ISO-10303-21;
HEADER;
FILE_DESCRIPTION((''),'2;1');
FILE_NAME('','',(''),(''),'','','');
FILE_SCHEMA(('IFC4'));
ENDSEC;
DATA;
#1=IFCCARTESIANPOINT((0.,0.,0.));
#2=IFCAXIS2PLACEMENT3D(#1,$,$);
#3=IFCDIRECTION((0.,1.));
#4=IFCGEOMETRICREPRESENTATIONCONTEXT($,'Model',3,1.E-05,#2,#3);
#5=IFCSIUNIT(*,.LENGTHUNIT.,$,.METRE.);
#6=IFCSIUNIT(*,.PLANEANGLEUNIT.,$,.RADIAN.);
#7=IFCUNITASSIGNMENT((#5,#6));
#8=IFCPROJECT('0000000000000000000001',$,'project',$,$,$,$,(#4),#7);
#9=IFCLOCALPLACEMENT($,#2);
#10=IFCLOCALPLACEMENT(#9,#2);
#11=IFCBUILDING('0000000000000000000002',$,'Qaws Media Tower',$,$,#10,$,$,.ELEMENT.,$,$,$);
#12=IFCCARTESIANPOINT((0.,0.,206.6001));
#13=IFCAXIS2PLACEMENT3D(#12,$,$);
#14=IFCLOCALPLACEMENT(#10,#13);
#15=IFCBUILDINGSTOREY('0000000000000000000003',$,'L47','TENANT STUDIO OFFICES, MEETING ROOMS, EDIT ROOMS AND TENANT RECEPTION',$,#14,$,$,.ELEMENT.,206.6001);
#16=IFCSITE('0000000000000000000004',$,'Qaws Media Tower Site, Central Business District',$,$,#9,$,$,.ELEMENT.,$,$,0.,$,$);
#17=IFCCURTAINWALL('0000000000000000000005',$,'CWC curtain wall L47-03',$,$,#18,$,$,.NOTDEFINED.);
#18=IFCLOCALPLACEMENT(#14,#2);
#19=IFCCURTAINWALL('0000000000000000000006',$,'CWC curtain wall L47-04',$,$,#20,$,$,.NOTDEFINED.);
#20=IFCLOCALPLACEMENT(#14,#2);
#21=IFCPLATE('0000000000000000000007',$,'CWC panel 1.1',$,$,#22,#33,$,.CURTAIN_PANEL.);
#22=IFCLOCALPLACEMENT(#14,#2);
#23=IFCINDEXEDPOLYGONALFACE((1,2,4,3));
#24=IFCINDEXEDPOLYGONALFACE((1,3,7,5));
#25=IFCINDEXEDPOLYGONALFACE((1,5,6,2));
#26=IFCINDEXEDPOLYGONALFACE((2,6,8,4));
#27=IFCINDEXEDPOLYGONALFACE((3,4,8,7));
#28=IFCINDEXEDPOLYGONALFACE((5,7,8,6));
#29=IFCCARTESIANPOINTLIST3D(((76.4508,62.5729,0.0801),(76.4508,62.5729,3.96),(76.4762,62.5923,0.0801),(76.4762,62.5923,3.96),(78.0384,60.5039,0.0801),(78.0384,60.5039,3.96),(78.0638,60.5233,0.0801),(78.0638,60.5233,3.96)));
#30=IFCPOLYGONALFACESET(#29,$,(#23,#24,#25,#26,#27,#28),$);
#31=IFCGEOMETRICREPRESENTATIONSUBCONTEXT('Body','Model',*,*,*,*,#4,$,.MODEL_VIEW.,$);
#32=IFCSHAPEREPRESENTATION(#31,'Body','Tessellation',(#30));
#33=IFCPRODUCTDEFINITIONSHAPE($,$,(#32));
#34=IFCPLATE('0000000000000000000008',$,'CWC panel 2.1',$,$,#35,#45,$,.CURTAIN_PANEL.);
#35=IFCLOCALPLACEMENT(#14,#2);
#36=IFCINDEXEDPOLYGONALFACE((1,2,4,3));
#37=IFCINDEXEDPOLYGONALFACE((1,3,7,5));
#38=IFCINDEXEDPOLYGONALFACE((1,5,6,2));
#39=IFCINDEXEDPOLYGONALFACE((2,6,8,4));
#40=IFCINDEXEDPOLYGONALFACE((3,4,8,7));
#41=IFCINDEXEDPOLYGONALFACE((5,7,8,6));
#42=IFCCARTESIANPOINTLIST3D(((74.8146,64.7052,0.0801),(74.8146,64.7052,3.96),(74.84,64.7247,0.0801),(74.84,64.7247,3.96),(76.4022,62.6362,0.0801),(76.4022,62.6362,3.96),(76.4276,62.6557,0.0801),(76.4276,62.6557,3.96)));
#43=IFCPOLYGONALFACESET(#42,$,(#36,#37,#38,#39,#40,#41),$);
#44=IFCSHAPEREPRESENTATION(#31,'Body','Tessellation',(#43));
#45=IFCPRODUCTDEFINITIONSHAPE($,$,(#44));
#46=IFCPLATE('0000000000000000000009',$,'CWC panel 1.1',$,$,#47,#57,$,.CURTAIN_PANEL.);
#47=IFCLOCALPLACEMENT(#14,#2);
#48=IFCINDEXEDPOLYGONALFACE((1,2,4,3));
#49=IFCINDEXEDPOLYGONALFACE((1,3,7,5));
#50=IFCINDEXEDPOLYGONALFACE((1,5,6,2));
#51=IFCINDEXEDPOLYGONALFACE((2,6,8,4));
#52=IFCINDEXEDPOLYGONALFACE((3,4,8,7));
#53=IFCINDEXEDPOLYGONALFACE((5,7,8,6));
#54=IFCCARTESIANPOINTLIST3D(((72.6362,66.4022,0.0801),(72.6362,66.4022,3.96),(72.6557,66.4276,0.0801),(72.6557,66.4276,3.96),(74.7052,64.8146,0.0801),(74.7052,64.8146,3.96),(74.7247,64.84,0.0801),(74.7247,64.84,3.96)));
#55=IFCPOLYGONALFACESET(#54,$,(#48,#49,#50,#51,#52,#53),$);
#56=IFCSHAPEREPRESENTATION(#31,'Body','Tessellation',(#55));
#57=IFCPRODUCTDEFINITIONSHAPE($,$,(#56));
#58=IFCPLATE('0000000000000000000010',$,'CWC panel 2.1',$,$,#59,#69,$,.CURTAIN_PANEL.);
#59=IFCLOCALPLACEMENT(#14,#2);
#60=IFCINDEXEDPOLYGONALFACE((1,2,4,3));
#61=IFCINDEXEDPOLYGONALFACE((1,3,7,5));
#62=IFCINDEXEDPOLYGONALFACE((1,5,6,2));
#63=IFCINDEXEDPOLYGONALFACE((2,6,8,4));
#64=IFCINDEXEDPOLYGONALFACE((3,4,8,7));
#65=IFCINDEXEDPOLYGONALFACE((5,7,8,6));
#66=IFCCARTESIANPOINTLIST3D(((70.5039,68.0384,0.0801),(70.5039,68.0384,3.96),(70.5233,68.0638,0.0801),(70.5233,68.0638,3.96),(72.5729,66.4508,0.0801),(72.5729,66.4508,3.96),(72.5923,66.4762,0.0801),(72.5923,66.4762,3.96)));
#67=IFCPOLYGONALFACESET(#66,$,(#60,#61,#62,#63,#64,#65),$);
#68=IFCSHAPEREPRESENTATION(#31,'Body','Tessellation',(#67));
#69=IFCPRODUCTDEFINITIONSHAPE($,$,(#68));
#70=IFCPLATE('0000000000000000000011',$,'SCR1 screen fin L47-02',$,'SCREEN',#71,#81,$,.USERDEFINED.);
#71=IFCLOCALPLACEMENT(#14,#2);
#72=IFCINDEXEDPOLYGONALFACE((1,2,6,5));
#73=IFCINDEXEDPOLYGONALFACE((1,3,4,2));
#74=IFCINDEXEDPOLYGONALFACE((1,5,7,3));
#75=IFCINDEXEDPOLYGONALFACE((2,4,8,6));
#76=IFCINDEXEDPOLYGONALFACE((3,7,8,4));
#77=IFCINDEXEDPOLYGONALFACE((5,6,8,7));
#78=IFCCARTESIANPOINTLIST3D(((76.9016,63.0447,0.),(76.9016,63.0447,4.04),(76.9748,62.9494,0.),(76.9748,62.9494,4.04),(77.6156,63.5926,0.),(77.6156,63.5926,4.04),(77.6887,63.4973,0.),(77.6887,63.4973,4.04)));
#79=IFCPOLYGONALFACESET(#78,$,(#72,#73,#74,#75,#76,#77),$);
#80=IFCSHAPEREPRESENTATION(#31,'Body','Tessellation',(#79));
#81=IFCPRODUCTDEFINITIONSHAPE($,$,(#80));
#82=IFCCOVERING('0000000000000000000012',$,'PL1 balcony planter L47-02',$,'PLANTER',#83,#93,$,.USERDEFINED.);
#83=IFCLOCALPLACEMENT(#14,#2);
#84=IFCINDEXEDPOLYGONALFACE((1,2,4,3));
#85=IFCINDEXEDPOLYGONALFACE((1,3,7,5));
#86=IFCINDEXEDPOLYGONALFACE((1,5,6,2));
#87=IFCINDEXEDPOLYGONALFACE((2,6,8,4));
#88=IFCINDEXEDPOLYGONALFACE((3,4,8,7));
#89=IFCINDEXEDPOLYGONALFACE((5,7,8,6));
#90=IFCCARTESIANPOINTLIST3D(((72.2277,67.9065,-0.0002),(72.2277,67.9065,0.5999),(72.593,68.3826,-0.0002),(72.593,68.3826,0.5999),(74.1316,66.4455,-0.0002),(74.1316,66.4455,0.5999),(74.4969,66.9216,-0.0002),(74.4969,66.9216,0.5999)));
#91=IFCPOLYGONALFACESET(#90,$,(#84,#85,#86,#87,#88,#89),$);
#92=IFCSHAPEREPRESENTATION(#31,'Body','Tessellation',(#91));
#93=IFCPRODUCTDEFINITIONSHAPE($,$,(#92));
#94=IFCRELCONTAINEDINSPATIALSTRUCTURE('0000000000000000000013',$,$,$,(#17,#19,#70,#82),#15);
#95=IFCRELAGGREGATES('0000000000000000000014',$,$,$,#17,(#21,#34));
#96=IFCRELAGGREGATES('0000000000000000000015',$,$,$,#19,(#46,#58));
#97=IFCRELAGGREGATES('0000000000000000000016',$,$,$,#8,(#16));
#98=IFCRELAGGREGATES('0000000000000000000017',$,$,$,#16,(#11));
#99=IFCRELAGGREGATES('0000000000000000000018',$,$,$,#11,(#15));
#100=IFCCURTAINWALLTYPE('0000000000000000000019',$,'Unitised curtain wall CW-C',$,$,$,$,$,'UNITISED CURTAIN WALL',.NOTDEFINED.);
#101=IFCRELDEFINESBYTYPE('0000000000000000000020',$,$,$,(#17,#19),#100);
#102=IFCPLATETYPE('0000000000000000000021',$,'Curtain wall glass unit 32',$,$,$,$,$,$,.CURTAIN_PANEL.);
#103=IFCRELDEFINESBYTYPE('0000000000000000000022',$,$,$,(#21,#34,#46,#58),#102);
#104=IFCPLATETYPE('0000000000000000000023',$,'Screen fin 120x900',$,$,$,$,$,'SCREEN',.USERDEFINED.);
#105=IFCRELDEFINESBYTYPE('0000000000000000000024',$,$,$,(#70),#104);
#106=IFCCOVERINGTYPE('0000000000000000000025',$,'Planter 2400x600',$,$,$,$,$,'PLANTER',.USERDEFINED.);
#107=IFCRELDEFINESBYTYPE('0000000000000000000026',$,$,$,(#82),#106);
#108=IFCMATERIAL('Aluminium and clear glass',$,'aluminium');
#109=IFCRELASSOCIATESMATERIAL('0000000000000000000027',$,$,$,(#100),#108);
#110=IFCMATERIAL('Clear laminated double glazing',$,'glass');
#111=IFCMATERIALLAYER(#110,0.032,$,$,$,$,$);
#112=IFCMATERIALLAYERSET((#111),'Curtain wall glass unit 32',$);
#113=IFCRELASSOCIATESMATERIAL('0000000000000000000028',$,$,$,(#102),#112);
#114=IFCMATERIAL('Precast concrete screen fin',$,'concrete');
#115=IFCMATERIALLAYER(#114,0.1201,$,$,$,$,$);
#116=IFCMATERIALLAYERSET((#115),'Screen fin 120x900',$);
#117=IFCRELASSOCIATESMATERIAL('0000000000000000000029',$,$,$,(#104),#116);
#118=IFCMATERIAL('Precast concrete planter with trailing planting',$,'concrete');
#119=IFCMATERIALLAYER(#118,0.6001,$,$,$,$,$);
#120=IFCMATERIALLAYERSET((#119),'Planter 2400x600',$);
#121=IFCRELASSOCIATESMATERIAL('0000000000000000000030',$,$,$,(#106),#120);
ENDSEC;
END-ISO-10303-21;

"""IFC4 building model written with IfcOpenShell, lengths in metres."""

from ifc_helpers import new_model, si_unit, direction, frame, origin, origin_2d, place, context, subcontext, project, spatial, rectangle, extrude, material, layer, layer_set, type_object, element, aggregate, save


model = new_model("IFC4")

# Units and contexts
model_context = context("Model", 3, precision=1e-05, world=origin(), true_north=direction((0.0, 1.0)))
body_context = subcontext(model_context, "Body", "Model", "MODEL_VIEW")
ifc_project = project(units=[si_unit("LENGTHUNIT", "METRE"), si_unit("PLANEANGLEUNIT", "RADIAN")], contexts=[model_context])

# Site, building, storey
site_placement = place(None, origin())
site = spatial("IfcSite", under=ifc_project, at=site_placement, Name="Qaws Media Tower Site, Central Business District", CompositionType="ELEMENT", RefElevation=0.0)
building_placement = place(site_placement, origin())
building = spatial("IfcBuilding", under=site, at=building_placement, Name="Qaws Media Tower", CompositionType="ELEMENT")
storey_placement = place(building_placement, frame((0.0, 0.0, 206.6001)))
storey = spatial("IfcBuildingStorey", under=building, at=storey_placement, Name="L47", Description="TENANT STUDIO OFFICES, MEETING ROOMS, EDIT ROOMS AND TENANT RECEPTION", CompositionType="ELEMENT", Elevation=206.6001)

# Shared definitions
ifc_material_1 = material(Name="Aluminium and clear glass", Category="aluminium")
curtain_wall_type = type_object("IfcCurtainWallType", Name="Unitised curtain wall CW-C", ElementType="UNITISED CURTAIN WALL", PredefinedType="NOTDEFINED", material=ifc_material_1)

# Curtain walls
curtain_wall_1_placement = place(storey_placement, origin())
curtain_wall_1 = element("IfcCurtainWall", 1, at=curtain_wall_1_placement, inside=storey, type_object=curtain_wall_type, Name="CWC curtain wall L47-03", PredefinedType="NOTDEFINED")
curtain_wall_2_placement = place(storey_placement, origin())
curtain_wall_2 = element("IfcCurtainWall", 2, at=curtain_wall_2_placement, inside=storey, type_object=curtain_wall_type, Name="CWC curtain wall L47-04", PredefinedType="NOTDEFINED")

# Plates
ifc_material_2 = material(Name="Clear laminated double glazing", Category="glass")
ifc_layer_1 = layer(ifc_material_2, 0.032)
ifc_layer_set_1 = layer_set([ifc_layer_1], Name="Curtain wall glass unit 32")
plate_type_1 = type_object("IfcPlateType", Name="Curtain wall glass unit 32", PredefinedType="CURTAIN_PANEL", material=ifc_layer_set_1)
plate_1_placement = place(storey_placement, frame((77.2573, 61.5481, 0.0801), z_axis=(0.0, 0.0, 1.0), x_axis=(-0.608761, 0.793353, 0.0)))
plate_1 = element("IfcPlate", 3, at=plate_1_placement, type_object=plate_type_1, Name="CWC panel 1.1", PredefinedType="CURTAIN_PANEL", context=body_context, shape_type="SweptSolid", body=[
    extrude(rectangle(XDim=2.6079, YDim=0.032, at=origin_2d()), origin(), (0.0, 0.0, 1.0), 3.8799),
])
plate_2_placement = place(storey_placement, frame((75.6211, 63.6804, 0.0801), z_axis=(0.0, 0.0, 1.0), x_axis=(-0.608761, 0.793353, 0.0)))
plate_2 = element("IfcPlate", 4, at=plate_2_placement, type_object=plate_type_1, Name="CWC panel 2.1", PredefinedType="CURTAIN_PANEL", context=body_context, shape_type="SweptSolid", body=[
    extrude(rectangle(XDim=2.6079, YDim=0.032, at=origin_2d()), origin(), (0.0, 0.0, 1.0), 3.8799),
])
aggregate(curtain_wall_1, [plate_1, plate_2])
plate_3_placement = place(storey_placement, frame((73.6804, 65.6211, 0.0801), z_axis=(0.0, 0.0, 1.0), x_axis=(-0.793353, 0.608761, 0.0)))
plate_3 = element("IfcPlate", 5, at=plate_3_placement, type_object=plate_type_1, Name="CWC panel 1.1", PredefinedType="CURTAIN_PANEL", context=body_context, shape_type="SweptSolid", body=[
    extrude(rectangle(XDim=2.6079, YDim=0.032, at=origin_2d()), origin(), (0.0, 0.0, 1.0), 3.8799),
])
plate_4_placement = place(storey_placement, frame((71.5481, 67.2573, 0.0801), z_axis=(0.0, 0.0, 1.0), x_axis=(-0.793353, 0.608761, 0.0)))
plate_4 = element("IfcPlate", 6, at=plate_4_placement, type_object=plate_type_1, Name="CWC panel 2.1", PredefinedType="CURTAIN_PANEL", context=body_context, shape_type="SweptSolid", body=[
    extrude(rectangle(XDim=2.6079, YDim=0.032, at=origin_2d()), origin(), (0.0, 0.0, 1.0), 3.8799),
])
aggregate(curtain_wall_2, [plate_3, plate_4])
ifc_material_3 = material(Name="Precast concrete screen fin", Category="concrete")
ifc_layer_2 = layer(ifc_material_3, 0.1201)
ifc_layer_set_2 = layer_set([ifc_layer_2], Name="Screen fin 120x900")
plate_type_2 = type_object("IfcPlateType", Name="Screen fin 120x900", ElementType="SCREEN", PredefinedType="USERDEFINED", material=ifc_layer_set_2)
plate_5_placement = place(storey_placement, frame((77.2952, 63.271, 0.0), z_axis=(0.0, 0.0, 1.0), x_axis=(0.793353, 0.608761, 0.0)))
element("IfcPlate", 7, at=plate_5_placement, inside=storey, type_object=plate_type_2, Name="SCR1 screen fin L47-02", ObjectType="SCREEN", PredefinedType="USERDEFINED", context=body_context, shape_type="SweptSolid", body=[
    extrude(rectangle(XDim=0.8999, YDim=0.1201, at=origin_2d()), origin(), (0.0, 0.0, 1.0), 4.04),
])

# Covering
ifc_material_4 = material(Name="Precast concrete planter with trailing planting", Category="concrete")
ifc_layer_3 = layer(ifc_material_4, 0.6001)
ifc_layer_set_3 = layer_set([ifc_layer_3], Name="Planter 2400x600")
covering_type = type_object("IfcCoveringType", Name="Planter 2400x600", ElementType="PLANTER", PredefinedType="USERDEFINED", material=ifc_layer_set_3)
covering_placement = place(storey_placement, frame((73.3623, 67.4141, -0.0002), z_axis=(0.0, 0.0, 1.0), x_axis=(-0.793353, 0.608761, 0.0)))
element("IfcCovering", 8, at=covering_placement, inside=storey, type_object=covering_type, Name="PL1 balcony planter L47-02", ObjectType="PLANTER", PredefinedType="USERDEFINED", context=body_context, shape_type="SweptSolid", body=[
    extrude(rectangle(XDim=2.3999, YDim=0.6001, at=origin_2d()), origin(), (0.0, 0.0, 1.0), 0.6001),
])

save(model, "model.ifc")
